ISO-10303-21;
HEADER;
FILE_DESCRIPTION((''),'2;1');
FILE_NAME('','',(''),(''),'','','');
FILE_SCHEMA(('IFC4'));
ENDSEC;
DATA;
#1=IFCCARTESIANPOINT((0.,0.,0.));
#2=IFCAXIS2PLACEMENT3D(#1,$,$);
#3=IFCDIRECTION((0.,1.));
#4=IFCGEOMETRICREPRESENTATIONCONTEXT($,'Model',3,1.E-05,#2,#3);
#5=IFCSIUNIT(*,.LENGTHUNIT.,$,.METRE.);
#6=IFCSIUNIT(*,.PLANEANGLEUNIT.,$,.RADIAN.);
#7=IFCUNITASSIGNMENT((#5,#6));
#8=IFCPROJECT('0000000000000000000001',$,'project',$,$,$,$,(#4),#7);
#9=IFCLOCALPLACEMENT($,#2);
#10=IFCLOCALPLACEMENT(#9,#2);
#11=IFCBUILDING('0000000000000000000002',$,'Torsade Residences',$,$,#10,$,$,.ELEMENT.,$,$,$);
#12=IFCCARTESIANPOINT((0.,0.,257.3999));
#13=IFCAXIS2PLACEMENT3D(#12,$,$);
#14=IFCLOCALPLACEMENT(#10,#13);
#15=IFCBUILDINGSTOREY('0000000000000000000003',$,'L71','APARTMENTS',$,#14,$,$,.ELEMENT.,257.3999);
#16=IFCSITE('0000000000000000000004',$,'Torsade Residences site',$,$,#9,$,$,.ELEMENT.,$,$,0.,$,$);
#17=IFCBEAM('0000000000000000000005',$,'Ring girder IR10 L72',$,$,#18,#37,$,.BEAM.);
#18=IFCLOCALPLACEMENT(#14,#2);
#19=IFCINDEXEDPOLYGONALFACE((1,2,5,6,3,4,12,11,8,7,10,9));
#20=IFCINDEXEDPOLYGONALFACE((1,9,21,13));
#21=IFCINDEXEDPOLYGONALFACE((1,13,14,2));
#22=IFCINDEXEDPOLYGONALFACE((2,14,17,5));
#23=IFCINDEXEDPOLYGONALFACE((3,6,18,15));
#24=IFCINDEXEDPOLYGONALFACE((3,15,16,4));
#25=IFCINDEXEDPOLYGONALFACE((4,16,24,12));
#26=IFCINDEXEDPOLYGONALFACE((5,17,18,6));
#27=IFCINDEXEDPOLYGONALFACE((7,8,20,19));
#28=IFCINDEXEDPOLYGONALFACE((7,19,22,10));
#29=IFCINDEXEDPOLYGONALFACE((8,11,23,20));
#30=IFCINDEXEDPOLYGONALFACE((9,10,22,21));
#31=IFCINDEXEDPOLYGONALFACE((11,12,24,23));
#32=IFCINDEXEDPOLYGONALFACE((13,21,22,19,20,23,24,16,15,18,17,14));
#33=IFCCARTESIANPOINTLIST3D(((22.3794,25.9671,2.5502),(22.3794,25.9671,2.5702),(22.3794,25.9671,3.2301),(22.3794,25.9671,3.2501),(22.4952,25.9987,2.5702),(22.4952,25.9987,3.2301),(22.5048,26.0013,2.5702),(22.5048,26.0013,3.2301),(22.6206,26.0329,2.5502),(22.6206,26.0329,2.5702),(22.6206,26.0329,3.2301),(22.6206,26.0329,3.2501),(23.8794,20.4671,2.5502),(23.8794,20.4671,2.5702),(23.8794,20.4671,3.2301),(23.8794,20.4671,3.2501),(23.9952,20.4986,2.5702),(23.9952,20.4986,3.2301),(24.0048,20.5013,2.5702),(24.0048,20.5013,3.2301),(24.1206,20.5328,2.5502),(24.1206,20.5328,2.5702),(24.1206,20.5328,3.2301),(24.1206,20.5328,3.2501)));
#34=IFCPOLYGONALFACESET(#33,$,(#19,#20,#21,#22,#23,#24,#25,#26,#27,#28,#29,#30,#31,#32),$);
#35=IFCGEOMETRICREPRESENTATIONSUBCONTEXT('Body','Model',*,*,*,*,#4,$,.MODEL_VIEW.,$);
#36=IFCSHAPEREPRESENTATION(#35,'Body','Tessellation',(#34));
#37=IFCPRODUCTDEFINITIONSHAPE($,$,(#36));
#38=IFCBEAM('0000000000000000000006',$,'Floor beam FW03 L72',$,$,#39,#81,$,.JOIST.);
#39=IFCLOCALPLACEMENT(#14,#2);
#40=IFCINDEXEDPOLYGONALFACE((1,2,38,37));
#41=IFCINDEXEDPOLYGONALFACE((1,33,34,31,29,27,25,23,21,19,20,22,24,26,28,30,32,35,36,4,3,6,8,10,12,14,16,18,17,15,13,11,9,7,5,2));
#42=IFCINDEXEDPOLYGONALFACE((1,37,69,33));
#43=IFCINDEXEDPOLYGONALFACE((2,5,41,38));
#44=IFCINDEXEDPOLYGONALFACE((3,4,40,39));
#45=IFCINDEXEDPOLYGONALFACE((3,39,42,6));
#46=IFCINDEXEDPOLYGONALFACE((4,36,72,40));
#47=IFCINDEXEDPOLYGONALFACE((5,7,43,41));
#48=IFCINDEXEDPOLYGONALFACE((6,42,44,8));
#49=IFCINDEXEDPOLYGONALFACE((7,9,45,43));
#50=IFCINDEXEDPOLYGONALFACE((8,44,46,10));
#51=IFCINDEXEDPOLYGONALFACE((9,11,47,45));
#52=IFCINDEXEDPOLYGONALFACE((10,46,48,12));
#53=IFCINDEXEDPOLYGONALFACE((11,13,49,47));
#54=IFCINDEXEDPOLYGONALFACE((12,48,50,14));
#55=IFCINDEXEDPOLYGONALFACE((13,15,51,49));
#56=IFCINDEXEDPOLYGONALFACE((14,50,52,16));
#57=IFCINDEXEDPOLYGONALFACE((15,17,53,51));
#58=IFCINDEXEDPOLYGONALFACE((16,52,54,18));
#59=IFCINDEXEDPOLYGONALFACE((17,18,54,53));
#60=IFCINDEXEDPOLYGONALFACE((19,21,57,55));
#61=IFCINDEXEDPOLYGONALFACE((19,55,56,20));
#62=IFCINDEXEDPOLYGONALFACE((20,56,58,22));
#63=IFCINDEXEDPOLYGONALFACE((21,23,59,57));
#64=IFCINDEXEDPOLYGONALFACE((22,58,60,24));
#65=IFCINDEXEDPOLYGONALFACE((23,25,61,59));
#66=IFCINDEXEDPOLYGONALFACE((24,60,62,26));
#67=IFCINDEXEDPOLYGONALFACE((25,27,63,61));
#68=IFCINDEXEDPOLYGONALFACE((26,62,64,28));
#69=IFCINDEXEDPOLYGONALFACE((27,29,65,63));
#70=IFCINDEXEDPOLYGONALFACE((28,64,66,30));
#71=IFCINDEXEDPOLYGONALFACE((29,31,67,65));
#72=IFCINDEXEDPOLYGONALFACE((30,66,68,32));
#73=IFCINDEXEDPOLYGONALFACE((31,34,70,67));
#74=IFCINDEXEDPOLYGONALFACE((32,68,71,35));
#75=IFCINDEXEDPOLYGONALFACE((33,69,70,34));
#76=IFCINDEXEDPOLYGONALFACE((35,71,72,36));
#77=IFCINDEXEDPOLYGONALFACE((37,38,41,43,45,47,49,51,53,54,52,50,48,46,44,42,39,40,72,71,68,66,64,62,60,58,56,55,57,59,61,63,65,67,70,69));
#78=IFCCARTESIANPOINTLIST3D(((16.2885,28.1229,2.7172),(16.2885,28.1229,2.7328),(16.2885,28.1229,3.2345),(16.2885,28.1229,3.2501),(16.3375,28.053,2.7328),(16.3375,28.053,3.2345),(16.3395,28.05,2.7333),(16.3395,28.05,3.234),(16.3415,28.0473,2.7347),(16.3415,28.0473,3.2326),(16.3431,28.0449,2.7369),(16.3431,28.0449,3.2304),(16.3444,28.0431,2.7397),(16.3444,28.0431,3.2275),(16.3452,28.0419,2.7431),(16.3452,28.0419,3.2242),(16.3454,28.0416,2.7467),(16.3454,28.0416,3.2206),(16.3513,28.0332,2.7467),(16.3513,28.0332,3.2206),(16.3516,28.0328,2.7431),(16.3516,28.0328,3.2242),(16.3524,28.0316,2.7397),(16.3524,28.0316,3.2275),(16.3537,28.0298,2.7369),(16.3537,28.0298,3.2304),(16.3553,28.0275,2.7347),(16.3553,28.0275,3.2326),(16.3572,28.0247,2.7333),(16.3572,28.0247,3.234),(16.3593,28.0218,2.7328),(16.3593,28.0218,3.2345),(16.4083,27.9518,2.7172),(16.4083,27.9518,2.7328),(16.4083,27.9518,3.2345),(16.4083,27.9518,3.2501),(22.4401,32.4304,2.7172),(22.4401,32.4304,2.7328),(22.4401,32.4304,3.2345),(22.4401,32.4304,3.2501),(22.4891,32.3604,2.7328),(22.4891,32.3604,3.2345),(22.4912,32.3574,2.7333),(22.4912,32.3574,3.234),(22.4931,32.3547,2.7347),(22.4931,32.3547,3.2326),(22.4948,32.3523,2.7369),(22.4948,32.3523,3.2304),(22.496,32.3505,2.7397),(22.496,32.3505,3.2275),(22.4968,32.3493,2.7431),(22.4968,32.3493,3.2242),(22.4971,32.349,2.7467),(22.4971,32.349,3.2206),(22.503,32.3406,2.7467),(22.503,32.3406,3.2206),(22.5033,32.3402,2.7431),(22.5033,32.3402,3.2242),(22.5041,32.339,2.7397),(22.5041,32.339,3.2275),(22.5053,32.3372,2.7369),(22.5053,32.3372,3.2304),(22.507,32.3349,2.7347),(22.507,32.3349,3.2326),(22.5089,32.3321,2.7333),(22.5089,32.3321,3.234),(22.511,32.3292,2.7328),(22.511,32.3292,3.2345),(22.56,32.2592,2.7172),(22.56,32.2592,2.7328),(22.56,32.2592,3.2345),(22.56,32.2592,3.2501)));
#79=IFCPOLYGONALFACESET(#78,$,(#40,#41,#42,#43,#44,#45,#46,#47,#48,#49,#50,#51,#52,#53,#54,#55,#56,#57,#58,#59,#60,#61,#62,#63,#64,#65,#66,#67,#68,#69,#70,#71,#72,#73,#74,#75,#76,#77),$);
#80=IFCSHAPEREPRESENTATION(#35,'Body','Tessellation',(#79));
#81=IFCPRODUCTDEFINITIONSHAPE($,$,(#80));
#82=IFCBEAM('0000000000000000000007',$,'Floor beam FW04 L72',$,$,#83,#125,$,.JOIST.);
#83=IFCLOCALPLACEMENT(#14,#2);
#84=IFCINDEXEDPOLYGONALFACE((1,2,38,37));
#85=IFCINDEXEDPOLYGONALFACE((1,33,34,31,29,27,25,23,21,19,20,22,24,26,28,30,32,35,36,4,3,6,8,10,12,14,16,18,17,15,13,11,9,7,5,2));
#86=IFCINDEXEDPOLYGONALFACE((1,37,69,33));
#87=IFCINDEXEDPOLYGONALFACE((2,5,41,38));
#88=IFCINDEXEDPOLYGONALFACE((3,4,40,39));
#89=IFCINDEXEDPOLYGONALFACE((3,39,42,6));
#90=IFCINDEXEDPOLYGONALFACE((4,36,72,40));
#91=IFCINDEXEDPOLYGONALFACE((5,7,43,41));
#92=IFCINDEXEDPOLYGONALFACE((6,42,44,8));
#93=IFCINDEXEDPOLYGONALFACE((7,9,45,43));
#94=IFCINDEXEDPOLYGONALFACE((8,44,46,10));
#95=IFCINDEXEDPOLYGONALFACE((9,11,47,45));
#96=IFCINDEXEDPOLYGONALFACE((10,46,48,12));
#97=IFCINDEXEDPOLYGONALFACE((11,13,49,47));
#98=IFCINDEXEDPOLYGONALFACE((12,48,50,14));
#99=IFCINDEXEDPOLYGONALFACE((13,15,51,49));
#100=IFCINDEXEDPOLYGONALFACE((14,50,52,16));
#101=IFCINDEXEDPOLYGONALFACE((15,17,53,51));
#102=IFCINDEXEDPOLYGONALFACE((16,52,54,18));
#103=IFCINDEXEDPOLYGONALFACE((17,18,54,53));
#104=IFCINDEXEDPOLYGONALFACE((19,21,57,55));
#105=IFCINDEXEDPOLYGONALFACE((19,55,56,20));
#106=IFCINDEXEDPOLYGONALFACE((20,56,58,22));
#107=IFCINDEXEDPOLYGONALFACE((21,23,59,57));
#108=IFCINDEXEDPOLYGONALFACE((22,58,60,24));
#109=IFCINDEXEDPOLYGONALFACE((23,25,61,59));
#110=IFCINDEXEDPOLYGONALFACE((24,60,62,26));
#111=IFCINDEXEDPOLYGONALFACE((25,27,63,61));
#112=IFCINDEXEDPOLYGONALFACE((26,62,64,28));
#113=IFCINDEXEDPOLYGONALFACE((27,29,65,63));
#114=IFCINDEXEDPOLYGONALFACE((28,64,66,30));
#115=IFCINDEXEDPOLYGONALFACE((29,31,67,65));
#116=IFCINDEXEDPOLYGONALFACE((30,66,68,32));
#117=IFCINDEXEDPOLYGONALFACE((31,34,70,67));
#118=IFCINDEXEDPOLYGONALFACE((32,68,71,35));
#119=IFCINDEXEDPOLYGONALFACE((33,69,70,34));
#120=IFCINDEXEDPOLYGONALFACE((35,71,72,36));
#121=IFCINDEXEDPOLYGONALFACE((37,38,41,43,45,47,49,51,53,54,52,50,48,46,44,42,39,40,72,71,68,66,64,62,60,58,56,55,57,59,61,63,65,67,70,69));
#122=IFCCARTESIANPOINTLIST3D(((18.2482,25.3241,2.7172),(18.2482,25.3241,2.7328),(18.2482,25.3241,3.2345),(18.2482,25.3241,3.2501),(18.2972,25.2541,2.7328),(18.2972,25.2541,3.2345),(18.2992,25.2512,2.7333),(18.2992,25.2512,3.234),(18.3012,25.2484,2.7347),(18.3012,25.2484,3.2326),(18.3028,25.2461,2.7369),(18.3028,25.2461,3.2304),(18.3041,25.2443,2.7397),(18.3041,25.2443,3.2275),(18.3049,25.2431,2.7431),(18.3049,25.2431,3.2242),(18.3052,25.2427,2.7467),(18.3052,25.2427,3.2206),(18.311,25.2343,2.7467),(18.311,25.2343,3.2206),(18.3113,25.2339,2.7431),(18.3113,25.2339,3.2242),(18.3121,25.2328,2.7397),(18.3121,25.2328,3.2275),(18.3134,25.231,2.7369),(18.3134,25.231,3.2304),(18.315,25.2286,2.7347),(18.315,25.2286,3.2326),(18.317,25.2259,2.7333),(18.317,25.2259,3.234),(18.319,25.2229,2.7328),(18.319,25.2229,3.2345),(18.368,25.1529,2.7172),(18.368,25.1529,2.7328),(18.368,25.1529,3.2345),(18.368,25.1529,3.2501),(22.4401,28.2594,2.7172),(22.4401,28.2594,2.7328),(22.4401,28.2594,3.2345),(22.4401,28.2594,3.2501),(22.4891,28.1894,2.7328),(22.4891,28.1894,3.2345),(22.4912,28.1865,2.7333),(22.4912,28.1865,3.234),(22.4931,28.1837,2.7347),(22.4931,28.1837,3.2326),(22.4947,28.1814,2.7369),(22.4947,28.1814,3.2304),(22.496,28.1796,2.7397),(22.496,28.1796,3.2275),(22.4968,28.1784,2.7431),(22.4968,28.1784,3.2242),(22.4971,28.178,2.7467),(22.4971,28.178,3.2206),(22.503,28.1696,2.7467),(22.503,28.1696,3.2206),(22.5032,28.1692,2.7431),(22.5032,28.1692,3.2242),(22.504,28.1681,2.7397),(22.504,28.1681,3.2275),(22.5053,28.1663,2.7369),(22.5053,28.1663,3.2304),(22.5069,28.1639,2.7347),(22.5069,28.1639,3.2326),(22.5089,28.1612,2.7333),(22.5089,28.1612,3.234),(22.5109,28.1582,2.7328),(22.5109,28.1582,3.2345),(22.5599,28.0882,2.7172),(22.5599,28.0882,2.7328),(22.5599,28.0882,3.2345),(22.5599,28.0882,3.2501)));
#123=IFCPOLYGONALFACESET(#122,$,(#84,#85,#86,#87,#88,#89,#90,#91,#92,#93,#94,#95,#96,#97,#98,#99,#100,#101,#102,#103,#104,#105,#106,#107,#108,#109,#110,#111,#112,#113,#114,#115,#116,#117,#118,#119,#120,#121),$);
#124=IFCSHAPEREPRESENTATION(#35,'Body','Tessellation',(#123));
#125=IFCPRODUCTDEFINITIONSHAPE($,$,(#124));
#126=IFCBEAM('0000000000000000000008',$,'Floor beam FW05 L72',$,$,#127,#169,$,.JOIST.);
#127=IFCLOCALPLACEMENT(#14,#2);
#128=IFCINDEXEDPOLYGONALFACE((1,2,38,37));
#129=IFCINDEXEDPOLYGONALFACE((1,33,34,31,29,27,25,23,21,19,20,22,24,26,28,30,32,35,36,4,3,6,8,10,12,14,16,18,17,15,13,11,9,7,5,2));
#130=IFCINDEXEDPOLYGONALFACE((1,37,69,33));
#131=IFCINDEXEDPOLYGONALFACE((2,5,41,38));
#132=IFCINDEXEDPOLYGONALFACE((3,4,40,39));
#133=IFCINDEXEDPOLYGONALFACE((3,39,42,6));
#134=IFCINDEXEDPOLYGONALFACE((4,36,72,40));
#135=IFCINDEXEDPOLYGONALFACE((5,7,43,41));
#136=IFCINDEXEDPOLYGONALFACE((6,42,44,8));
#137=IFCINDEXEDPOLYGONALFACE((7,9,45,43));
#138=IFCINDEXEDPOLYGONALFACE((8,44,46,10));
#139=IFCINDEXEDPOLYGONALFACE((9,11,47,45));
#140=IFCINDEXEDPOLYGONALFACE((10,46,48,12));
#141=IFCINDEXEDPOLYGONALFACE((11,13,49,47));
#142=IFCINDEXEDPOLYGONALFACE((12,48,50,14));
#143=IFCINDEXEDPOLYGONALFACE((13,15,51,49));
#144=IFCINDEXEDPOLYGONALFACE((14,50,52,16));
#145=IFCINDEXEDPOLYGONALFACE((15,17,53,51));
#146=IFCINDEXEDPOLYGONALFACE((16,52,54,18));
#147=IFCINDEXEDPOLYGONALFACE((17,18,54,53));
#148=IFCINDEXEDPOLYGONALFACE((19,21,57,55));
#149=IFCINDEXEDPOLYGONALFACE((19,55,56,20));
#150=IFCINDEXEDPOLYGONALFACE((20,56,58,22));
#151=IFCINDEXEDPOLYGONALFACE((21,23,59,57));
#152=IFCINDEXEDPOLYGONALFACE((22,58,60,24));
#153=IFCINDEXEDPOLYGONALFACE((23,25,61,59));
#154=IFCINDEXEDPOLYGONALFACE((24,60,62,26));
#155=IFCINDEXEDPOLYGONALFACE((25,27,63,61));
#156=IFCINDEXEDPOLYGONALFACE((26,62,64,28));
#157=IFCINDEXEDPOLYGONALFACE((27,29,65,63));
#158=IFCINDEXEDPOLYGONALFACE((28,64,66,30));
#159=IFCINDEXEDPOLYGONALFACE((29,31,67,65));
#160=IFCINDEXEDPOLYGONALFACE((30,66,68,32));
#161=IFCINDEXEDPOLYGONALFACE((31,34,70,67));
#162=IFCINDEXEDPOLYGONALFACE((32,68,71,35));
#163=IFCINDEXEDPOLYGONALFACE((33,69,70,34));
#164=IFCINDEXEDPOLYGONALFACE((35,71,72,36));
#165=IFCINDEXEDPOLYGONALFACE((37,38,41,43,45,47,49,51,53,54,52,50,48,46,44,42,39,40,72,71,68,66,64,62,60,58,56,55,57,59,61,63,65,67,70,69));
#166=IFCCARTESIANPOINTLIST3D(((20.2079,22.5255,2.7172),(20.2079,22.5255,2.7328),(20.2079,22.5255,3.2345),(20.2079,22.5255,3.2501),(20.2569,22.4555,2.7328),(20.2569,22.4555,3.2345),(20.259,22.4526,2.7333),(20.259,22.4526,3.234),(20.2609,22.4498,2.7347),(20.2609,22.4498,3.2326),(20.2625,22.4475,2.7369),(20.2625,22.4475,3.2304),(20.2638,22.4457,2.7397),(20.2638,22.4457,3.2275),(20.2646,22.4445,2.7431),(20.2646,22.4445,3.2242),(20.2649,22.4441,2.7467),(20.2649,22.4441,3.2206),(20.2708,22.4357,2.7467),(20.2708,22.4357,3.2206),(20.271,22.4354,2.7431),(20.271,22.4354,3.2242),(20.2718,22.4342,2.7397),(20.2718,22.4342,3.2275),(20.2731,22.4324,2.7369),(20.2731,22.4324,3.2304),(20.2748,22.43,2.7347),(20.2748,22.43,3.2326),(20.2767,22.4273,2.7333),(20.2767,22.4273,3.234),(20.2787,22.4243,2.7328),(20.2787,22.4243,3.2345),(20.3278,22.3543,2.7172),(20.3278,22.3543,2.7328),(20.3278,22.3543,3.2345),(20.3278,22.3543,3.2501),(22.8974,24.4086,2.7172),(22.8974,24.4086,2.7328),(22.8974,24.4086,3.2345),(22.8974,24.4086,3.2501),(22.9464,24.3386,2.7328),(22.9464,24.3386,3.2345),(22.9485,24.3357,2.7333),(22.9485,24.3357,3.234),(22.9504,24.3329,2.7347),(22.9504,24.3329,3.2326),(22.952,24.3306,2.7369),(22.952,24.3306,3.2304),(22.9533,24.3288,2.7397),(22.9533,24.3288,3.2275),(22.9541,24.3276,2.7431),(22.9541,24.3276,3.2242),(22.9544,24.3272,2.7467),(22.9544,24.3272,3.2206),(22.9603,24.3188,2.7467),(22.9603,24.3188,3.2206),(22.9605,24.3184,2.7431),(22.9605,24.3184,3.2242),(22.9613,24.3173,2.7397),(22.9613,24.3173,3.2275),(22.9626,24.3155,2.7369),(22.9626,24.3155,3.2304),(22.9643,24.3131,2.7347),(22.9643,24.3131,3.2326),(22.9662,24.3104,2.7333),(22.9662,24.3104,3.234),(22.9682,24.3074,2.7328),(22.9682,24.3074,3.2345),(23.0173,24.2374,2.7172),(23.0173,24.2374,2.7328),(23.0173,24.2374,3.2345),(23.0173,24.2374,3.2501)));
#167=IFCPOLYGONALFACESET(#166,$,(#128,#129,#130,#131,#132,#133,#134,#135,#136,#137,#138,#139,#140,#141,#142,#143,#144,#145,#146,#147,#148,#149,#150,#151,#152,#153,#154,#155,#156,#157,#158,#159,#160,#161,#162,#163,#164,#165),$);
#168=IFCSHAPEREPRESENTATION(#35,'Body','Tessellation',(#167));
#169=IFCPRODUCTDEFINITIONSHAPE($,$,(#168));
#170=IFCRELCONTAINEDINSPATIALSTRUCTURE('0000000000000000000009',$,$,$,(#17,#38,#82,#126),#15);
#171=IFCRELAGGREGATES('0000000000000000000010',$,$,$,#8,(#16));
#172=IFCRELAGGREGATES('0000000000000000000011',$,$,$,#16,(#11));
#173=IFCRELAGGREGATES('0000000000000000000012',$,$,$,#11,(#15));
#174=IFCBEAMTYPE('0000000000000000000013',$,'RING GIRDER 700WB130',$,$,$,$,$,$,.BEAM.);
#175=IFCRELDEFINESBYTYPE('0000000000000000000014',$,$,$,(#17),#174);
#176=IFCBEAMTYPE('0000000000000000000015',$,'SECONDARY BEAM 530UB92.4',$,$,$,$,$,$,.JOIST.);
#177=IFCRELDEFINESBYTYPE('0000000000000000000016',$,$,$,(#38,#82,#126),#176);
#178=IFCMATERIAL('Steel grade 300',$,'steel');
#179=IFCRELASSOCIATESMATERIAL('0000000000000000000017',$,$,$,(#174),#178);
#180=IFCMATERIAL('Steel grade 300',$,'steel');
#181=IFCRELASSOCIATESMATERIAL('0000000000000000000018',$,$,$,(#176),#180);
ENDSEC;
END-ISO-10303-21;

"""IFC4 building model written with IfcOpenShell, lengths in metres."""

from ifc_helpers import new_model, si_unit, direction, frame, origin, origin_2d, place, context, subcontext, project, spatial, i_section, extrude, material, material_profile, profile_set, type_object, element, save


model = new_model("IFC4")

# Units and contexts
model_context = context("Model", 3, precision=1e-05, world=origin(), true_north=direction((0.0, 1.0)))
body_context = subcontext(model_context, "Body", "Model", "MODEL_VIEW")
ifc_project = project(units=[si_unit("LENGTHUNIT", "METRE"), si_unit("PLANEANGLEUNIT", "RADIAN")], contexts=[model_context])

# Site, building, storey
site_placement = place(None, origin())
site = spatial("IfcSite", under=ifc_project, at=site_placement, Name="Torsade Residences site", CompositionType="ELEMENT", RefElevation=0.0)
building_placement = place(site_placement, origin())
building = spatial("IfcBuilding", under=site, at=building_placement, Name="Torsade Residences", CompositionType="ELEMENT")
storey_placement = place(building_placement, frame((0.0, 0.0, 257.3999)))
storey = spatial("IfcBuildingStorey", under=building, at=storey_placement, Name="L71", Description="APARTMENTS", CompositionType="ELEMENT", Elevation=257.3999)

# Beams
ifc_material_1 = material(Name="Steel grade 300", Category="steel")
ifc_material_profile_1 = material_profile(ifc_material_1, i_section(OverallWidth=0.25, OverallDepth=0.7, WebThickness=0.01, FlangeThickness=0.02, at=origin_2d()), Name="700WB130")
ifc_profile_set_1 = profile_set([ifc_material_profile_1], Name="Steel grade 300")
beam_type_1 = type_object("IfcBeamType", Name="RING GIRDER 700WB130", PredefinedType="BEAM", material=ifc_profile_set_1)
beam_1_placement = place(storey_placement, frame((22.5, 26.0, 2.9001), z_axis=(0.263117, -0.964764, 0.0), x_axis=(0.964764, 0.263117, 0.0)))
element("IfcBeam", 1, at=beam_1_placement, inside=storey, type_object=beam_type_1, Name="Ring girder IR10 L72", PredefinedType="BEAM", context=body_context, shape_type="SweptSolid", body=[
    extrude(i_section(OverallWidth=0.25, OverallDepth=0.7, WebThickness=0.01, FlangeThickness=0.02, at=origin_2d()), origin(), (0.0, 0.0, 1.0), 5.7009),
])
ifc_material_2 = material(Name="Steel grade 300", Category="steel")
ifc_material_profile_2 = material_profile(ifc_material_2, i_section(OverallWidth=0.209, OverallDepth=0.533, WebThickness=0.0103, FlangeThickness=0.0156, FilletRadius=0.0139, at=origin_2d()), Name="530UB92.4")
ifc_profile_set_2 = profile_set([ifc_material_profile_2], Name="Steel grade 300")
beam_type_2 = type_object("IfcBeamType", Name="SECONDARY BEAM 530UB92.4", PredefinedType="JOIST", material=ifc_profile_set_2)
beam_2_placement = place(storey_placement, frame((16.3484, 28.0374, 2.9836), z_axis=(0.819154, 0.573574, 0.0), x_axis=(-0.573574, 0.819154, 0.0)))
element("IfcBeam", 2, at=beam_2_placement, inside=storey, type_object=beam_type_2, Name="Floor beam FW03 L72", PredefinedType="JOIST", context=body_context, shape_type="SweptSolid", body=[
    extrude(i_section(OverallWidth=0.209, OverallDepth=0.533, WebThickness=0.0103, FlangeThickness=0.0156, FilletRadius=0.0139, at=origin_2d()), origin(), (0.0, 0.0, 1.0), 7.5098),
])
beam_3_placement = place(storey_placement, frame((18.3081, 25.2385, 2.9836), z_axis=(0.819142, 0.57359, 0.0), x_axis=(-0.57359, 0.819142, 0.0)))
element("IfcBeam", 3, at=beam_3_placement, inside=storey, type_object=beam_type_2, Name="Floor beam FW04 L72", PredefinedType="JOIST", context=body_context, shape_type="SweptSolid", body=[
    extrude(i_section(OverallWidth=0.209, OverallDepth=0.533, WebThickness=0.0103, FlangeThickness=0.0156, FilletRadius=0.0139, at=origin_2d()), origin(), (0.0, 0.0, 1.0), 5.1174),
])
beam_4_placement = place(storey_placement, frame((20.2678, 22.4399, 2.9836), z_axis=(0.819169, 0.573552, 0.0), x_axis=(-0.573552, 0.819169, 0.0)))
element("IfcBeam", 4, at=beam_4_placement, inside=storey, type_object=beam_type_2, Name="Floor beam FW05 L72", PredefinedType="JOIST", context=body_context, shape_type="SweptSolid", body=[
    extrude(i_section(OverallWidth=0.209, OverallDepth=0.533, WebThickness=0.0103, FlangeThickness=0.0156, FilletRadius=0.0139, at=origin_2d()), origin(), (0.0, 0.0, 1.0), 3.2832),
])

save(model, "model.ifc")
